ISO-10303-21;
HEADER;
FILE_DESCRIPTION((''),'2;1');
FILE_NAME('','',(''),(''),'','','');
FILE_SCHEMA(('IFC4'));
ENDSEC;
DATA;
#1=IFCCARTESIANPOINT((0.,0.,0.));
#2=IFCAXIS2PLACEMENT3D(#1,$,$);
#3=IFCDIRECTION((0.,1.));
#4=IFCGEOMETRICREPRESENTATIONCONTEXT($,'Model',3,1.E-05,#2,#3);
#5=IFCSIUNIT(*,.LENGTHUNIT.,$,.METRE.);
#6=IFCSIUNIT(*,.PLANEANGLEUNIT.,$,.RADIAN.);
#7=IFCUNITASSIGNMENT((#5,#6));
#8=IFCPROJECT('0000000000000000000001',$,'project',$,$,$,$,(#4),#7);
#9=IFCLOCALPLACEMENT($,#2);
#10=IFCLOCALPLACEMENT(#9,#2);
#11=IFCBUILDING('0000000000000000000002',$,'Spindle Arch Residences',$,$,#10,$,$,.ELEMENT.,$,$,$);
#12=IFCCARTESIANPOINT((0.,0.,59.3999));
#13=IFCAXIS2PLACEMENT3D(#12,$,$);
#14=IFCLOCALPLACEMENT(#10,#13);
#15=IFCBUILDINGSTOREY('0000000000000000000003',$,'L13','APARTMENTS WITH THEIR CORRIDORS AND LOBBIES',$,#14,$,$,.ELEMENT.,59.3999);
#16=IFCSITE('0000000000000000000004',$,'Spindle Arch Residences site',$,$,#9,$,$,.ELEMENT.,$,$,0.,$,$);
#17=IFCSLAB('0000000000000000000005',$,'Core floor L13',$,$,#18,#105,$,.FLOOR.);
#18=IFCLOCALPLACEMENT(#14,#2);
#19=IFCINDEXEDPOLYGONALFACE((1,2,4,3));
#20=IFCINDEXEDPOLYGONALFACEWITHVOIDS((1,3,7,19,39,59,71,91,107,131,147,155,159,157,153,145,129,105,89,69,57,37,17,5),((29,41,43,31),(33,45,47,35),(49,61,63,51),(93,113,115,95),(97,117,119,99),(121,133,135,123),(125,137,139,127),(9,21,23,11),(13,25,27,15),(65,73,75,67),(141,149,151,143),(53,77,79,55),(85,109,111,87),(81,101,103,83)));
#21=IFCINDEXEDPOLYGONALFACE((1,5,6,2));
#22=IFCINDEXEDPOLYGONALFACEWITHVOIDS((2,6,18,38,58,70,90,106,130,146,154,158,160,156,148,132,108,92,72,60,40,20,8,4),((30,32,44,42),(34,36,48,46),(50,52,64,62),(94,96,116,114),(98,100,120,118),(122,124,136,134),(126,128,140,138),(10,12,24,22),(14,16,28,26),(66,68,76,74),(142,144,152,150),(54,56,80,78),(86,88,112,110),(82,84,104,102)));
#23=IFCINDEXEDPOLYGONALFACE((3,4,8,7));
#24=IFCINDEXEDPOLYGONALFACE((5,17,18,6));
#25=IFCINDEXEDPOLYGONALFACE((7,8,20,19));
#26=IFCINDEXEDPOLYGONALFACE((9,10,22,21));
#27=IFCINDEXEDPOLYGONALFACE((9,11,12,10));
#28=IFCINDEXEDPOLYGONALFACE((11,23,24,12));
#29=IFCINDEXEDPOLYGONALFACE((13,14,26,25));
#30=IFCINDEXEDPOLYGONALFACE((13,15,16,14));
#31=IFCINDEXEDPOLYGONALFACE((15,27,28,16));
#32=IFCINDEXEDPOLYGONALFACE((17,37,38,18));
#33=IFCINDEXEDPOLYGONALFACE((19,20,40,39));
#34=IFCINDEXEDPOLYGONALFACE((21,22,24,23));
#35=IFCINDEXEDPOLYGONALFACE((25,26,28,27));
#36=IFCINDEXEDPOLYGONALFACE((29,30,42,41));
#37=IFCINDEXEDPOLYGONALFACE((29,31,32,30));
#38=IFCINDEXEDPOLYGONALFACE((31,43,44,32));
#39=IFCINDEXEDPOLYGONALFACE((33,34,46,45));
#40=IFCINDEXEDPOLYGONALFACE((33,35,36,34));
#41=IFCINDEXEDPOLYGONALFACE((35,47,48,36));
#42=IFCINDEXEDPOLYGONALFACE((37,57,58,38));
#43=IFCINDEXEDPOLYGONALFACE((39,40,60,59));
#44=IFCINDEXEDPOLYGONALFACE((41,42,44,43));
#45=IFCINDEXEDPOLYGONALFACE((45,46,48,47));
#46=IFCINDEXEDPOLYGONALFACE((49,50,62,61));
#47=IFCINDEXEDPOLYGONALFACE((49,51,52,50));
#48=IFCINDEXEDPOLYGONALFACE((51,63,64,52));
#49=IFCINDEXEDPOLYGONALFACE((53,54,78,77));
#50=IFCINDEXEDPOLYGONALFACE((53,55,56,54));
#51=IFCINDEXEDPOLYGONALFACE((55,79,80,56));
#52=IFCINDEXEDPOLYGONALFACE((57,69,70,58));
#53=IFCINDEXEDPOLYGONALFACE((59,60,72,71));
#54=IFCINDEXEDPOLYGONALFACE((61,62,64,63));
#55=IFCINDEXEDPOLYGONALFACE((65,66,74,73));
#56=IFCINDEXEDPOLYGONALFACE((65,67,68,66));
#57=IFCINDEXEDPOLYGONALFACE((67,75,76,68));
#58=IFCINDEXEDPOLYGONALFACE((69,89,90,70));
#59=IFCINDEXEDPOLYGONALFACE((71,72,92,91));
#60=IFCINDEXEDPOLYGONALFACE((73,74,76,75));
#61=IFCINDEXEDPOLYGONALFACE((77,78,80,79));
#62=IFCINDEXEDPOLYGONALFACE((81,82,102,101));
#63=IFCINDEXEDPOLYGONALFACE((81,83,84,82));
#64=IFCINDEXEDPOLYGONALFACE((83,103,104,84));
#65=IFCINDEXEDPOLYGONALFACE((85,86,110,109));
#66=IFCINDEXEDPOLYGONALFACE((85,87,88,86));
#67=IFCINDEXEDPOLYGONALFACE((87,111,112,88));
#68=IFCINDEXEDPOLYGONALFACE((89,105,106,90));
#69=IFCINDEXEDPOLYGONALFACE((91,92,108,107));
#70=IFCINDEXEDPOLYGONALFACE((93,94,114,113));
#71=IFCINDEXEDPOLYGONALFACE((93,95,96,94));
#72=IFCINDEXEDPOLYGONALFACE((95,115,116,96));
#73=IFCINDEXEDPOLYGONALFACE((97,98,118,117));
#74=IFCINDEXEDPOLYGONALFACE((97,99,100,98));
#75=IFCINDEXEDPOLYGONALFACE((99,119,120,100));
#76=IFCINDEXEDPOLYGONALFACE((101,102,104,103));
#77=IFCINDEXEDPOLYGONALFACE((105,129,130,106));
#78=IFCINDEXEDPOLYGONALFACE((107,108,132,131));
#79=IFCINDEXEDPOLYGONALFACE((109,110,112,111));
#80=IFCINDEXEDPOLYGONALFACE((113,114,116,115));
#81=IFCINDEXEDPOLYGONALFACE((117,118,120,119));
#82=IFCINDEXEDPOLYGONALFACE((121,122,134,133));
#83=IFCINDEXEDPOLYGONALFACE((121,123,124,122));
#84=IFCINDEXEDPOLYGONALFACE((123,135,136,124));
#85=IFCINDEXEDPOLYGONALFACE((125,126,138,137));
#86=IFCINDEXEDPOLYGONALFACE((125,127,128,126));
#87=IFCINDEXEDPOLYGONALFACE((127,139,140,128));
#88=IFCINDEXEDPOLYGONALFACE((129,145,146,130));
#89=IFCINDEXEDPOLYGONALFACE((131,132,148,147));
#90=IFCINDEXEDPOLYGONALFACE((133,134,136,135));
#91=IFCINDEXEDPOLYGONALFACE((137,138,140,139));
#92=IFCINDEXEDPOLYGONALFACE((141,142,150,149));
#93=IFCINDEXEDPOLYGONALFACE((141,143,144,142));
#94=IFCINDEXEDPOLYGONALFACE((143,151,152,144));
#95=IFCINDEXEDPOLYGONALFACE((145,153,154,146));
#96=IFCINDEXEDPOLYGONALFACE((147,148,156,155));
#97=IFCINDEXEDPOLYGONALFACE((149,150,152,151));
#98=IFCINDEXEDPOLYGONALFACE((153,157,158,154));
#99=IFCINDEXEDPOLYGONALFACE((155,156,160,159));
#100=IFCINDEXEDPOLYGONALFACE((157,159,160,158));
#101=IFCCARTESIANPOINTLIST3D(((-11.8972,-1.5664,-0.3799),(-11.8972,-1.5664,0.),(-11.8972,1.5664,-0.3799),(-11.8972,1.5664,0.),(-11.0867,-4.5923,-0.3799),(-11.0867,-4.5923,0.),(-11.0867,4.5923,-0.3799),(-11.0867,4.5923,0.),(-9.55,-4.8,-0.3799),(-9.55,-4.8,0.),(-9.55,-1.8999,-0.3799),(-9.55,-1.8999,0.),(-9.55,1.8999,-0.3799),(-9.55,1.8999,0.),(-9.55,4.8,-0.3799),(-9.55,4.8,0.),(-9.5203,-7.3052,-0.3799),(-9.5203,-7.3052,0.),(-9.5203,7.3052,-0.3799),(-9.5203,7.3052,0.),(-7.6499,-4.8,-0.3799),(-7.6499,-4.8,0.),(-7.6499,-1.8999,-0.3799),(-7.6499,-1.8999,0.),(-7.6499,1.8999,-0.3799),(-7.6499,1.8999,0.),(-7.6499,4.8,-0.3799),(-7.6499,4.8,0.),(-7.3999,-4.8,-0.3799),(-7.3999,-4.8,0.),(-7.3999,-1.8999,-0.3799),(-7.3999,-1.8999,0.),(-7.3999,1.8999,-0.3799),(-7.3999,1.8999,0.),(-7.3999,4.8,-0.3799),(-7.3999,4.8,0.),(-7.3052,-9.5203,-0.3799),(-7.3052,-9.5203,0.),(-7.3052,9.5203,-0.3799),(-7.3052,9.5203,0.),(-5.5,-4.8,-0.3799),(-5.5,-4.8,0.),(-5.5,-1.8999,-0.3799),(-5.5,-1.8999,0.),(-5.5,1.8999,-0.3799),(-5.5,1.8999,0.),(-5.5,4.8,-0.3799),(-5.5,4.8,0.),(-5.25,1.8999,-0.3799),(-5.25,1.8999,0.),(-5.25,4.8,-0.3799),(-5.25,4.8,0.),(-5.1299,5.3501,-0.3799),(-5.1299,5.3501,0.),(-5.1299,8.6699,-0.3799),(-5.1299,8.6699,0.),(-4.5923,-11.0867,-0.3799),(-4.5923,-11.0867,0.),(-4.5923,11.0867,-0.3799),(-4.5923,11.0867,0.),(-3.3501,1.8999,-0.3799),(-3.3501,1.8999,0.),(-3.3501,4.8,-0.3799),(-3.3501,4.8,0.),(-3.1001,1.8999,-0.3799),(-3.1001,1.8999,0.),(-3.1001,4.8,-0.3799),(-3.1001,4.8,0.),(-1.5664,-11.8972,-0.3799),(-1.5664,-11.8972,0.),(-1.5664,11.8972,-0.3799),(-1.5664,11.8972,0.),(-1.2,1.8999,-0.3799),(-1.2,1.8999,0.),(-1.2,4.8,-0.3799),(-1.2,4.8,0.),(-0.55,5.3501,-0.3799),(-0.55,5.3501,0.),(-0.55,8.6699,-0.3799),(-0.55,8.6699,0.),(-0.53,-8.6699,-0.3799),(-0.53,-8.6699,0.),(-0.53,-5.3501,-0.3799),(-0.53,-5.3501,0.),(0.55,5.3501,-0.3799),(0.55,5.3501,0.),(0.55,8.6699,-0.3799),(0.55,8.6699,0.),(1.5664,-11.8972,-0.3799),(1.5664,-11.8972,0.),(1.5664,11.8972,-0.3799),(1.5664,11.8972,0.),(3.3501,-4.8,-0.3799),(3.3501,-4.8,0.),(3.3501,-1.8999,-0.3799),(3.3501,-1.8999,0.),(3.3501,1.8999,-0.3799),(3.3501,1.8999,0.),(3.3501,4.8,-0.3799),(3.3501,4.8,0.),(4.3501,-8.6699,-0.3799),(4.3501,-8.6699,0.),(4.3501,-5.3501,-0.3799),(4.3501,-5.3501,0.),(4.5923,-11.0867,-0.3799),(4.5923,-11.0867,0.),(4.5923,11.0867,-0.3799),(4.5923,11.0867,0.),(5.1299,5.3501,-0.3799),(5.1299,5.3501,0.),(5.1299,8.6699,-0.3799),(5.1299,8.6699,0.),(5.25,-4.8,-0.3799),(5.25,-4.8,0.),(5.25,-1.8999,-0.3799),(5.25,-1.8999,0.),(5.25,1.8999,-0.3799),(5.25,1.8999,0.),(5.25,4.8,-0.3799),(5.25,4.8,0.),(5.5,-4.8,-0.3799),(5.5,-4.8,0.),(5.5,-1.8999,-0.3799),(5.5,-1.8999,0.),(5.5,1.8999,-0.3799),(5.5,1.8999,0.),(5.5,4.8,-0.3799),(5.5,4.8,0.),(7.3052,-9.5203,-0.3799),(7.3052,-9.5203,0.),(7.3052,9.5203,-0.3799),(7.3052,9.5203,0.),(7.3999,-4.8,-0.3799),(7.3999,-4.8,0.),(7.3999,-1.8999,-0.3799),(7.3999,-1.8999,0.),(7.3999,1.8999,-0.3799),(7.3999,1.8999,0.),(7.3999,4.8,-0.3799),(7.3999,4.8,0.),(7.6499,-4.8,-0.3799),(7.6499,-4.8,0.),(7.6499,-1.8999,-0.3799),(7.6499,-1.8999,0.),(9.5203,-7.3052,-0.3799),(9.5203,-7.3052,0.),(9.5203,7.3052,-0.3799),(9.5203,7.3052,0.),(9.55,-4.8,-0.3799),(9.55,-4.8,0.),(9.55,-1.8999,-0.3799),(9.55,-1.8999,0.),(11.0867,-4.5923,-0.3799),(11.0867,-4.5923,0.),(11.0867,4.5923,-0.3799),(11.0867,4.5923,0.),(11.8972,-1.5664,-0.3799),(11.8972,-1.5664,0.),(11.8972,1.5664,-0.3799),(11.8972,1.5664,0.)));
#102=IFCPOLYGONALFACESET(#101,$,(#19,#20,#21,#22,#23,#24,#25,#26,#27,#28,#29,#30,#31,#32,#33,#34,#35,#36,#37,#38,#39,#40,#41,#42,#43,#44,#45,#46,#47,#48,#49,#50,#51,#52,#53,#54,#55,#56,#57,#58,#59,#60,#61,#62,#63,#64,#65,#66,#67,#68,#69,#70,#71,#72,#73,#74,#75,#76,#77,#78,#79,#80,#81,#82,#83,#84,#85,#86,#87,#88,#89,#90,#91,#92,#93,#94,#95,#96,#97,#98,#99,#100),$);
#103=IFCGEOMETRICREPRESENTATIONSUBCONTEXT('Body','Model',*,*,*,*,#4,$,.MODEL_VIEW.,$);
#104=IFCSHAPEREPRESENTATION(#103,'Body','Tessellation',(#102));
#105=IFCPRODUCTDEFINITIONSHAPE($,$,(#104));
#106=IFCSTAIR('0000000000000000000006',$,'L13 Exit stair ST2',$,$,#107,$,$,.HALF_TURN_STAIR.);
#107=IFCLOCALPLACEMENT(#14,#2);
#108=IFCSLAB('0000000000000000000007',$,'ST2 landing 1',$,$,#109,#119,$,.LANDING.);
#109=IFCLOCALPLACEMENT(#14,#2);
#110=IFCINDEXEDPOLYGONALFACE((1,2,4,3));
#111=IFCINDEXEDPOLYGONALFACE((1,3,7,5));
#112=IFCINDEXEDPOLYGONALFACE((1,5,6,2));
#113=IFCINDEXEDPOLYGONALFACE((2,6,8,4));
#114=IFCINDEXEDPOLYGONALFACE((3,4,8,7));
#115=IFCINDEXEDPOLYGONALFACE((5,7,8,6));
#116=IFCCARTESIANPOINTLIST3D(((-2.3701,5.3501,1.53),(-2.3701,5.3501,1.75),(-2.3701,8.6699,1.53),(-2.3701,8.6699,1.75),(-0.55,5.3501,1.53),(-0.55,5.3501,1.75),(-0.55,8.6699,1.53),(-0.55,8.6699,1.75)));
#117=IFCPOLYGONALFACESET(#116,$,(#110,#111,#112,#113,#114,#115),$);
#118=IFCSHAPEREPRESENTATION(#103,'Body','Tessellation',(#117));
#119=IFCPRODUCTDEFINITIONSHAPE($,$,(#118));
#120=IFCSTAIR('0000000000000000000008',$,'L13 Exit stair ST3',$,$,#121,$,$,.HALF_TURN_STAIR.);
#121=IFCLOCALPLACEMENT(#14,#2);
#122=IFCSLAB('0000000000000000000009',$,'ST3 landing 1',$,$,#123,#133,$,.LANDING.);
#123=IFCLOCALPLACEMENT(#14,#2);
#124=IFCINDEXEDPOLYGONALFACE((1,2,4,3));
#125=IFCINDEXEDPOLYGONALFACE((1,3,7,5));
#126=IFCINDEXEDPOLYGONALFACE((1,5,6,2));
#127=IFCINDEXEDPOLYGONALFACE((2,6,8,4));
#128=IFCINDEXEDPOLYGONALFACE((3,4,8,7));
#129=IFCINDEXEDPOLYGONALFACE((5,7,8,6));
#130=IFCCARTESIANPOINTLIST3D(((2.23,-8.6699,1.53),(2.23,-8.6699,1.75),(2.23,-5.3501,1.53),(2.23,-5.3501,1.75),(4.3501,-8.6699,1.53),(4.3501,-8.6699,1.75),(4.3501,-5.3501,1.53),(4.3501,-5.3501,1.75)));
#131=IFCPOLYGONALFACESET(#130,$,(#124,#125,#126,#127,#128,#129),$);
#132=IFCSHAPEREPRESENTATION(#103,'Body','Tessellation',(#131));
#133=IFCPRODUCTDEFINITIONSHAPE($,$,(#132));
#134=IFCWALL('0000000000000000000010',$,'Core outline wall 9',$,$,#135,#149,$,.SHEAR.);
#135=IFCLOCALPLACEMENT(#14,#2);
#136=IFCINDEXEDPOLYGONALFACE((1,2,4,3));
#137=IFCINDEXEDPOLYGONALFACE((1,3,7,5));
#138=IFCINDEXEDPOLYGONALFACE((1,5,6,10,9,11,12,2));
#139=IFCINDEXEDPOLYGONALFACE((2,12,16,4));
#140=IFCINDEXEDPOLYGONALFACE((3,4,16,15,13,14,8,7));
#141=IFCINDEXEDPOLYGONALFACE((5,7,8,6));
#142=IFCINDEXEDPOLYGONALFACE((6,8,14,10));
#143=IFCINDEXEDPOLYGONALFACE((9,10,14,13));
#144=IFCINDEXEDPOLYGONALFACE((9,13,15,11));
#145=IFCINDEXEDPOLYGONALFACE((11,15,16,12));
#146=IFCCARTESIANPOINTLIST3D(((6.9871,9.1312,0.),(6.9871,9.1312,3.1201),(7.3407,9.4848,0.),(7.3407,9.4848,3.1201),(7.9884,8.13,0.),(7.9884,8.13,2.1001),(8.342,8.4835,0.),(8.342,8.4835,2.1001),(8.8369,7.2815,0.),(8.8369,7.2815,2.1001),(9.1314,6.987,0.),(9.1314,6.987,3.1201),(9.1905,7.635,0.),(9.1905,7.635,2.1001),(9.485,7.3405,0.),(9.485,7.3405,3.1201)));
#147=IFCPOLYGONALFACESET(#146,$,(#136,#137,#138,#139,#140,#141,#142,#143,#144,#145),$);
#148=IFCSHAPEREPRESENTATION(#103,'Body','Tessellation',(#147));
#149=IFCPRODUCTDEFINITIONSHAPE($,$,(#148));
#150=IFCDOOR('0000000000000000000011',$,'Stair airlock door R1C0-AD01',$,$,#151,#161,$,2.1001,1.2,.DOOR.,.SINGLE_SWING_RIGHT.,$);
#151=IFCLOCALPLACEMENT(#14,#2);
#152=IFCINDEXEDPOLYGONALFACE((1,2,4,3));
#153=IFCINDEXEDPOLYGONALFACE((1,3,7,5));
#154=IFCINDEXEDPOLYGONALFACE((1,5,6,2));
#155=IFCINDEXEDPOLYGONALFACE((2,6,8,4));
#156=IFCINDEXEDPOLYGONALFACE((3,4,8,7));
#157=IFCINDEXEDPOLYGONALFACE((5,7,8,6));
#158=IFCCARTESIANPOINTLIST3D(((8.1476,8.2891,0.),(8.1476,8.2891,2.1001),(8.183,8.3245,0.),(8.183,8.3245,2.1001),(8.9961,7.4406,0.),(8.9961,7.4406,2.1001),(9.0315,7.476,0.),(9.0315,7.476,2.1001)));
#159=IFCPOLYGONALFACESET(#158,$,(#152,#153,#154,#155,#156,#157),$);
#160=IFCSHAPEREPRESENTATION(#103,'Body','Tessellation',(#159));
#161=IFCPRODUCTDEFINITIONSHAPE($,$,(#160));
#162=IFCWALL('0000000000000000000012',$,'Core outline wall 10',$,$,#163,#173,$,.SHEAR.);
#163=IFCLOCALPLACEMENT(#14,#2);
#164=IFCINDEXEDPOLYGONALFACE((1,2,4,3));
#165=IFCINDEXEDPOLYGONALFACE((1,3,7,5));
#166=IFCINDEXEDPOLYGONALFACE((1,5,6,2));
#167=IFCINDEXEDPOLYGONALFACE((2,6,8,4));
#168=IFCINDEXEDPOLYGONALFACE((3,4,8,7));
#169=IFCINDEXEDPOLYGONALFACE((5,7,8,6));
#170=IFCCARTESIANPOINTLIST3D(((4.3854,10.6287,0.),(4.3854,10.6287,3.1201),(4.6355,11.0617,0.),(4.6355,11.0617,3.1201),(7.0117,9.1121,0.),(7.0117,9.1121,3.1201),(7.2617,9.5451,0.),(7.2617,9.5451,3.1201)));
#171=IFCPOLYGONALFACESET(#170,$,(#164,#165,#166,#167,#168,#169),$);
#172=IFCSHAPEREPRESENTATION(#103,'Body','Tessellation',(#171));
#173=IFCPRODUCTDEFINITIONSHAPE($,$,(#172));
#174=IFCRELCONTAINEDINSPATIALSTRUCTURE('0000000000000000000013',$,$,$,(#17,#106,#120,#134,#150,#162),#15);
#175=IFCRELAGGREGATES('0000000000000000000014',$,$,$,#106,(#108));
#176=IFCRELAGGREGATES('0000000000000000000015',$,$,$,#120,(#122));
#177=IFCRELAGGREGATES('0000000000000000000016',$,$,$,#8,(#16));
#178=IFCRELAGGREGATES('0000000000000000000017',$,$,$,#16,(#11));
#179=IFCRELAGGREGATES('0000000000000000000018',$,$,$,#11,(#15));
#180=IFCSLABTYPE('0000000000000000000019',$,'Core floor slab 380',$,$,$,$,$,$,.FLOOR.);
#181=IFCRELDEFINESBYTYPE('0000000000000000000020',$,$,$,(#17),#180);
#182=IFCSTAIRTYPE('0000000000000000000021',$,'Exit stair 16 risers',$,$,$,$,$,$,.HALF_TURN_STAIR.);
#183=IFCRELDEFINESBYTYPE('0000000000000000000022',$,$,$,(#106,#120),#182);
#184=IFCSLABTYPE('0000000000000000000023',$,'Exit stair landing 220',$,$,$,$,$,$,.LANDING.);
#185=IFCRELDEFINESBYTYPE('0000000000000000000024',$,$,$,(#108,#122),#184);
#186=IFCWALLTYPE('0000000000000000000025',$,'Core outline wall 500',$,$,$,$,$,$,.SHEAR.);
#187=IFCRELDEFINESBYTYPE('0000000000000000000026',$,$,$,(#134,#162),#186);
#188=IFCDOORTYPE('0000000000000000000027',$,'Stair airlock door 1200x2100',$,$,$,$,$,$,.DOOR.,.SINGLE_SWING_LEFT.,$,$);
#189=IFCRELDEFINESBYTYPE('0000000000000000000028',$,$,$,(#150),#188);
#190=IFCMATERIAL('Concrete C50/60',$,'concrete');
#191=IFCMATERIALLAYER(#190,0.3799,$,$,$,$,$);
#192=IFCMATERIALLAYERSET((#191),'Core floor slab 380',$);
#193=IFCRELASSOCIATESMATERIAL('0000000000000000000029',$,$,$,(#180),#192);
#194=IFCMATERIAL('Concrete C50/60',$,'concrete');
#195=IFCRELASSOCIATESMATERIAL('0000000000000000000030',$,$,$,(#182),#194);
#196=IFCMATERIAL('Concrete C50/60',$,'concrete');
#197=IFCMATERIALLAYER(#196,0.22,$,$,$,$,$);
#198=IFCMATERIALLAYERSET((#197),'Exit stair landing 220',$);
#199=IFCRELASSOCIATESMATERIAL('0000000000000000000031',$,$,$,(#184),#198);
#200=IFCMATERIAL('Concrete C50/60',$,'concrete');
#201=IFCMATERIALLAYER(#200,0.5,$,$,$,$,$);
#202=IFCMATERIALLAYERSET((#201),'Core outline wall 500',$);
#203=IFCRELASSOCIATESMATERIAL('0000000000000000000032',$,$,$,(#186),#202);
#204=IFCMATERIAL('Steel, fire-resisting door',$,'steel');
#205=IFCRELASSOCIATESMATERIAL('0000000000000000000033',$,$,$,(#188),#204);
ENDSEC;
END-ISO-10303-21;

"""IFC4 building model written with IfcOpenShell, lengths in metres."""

from ifc_helpers import new_model, si_unit, direction, frame, frame_2d, origin, place, context, subcontext, project, spatial, polyline, rectangle, outline, extrude, material, layer, layer_set, type_object, element, fill, aggregate, save


model = new_model("IFC4")

# Units and contexts
model_context = context("Model", 3, precision=1e-05, world=origin(), true_north=direction((0.0, 1.0)))
body_context = subcontext(model_context, "Body", "Model", "MODEL_VIEW")
ifc_project = project(units=[si_unit("LENGTHUNIT", "METRE"), si_unit("PLANEANGLEUNIT", "RADIAN")], contexts=[model_context])

# Site, building, storey
site_placement = place(None, origin())
site = spatial("IfcSite", under=ifc_project, at=site_placement, Name="Spindle Arch Residences site", CompositionType="ELEMENT", RefElevation=0.0)
building_placement = place(site_placement, origin())
building = spatial("IfcBuilding", under=site, at=building_placement, Name="Spindle Arch Residences", CompositionType="ELEMENT")
storey_placement = place(building_placement, frame((0.0, 0.0, 59.3999)))
storey = spatial("IfcBuildingStorey", under=building, at=storey_placement, Name="L13", Description="APARTMENTS WITH THEIR CORRIDORS AND LOBBIES", CompositionType="ELEMENT", Elevation=59.3999)

# Slab
ifc_material_1 = material(Name="Concrete C50/60", Category="concrete")
ifc_layer_1 = layer(ifc_material_1, 0.3799)
ifc_layer_set_1 = layer_set([ifc_layer_1], Name="Core floor slab 380")
slab_type_1 = type_object("IfcSlabType", Name="Core floor slab 380", PredefinedType="FLOOR", material=ifc_layer_set_1)
slab_1_placement = place(storey_placement, frame((0.0, 0.0, -0.3799)))
element("IfcSlab", 1, at=slab_1_placement, inside=storey, type_object=slab_type_1, Name="Core floor L13", PredefinedType="FLOOR", context=body_context, shape_type="SweptSolid", body=[
    extrude(outline(polyline([(1.5664, -11.8972), (4.5923, -11.0867), (7.3052, -9.5203), (9.5203, -7.3052), (11.0867, -4.5923), (11.8972, -1.5664), (11.8972, 1.5664), (11.0867, 4.5923), (9.5203, 7.3052), (7.3052, 9.5203), (4.5923, 11.0867), (1.5664, 11.8972), (-1.5664, 11.8972), (-4.5923, 11.0867), (-7.3052, 9.5203), (-9.5203, 7.3052), (-11.0867, 4.5923), (-11.8972, 1.5664), (-11.8972, -1.5664), (-11.0867, -4.5923), (-9.5203, -7.3052), (-7.3052, -9.5203), (-4.5923, -11.0867), (-1.5664, -11.8972), (1.5664, -11.8972)]), holes=[polyline([(-9.55, 1.8999), (-7.6499, 1.8999), (-7.6499, 4.8), (-9.55, 4.8), (-9.55, 1.8999)]), polyline([(-7.3999, 1.8999), (-5.5, 1.8999), (-5.5, 4.8), (-7.3999, 4.8), (-7.3999, 1.8999)]), polyline([(-5.25, 1.8999), (-3.3501, 1.8999), (-3.3501, 4.8), (-5.25, 4.8), (-5.25, 1.8999)]), polyline([(-3.1001, 1.8999), (-1.2, 1.8999), (-1.2, 4.8), (-3.1001, 4.8), (-3.1001, 1.8999)]), polyline([(3.3501, 1.8999), (5.25, 1.8999), (5.25, 4.8), (3.3501, 4.8), (3.3501, 1.8999)]), polyline([(5.5, 1.8999), (7.3999, 1.8999), (7.3999, 4.8), (5.5, 4.8), (5.5, 1.8999)]), polyline([(-9.55, -4.8), (-7.6499, -4.8), (-7.6499, -1.8999), (-9.55, -1.8999), (-9.55, -4.8)]), polyline([(-7.3999, -4.8), (-5.5, -4.8), (-5.5, -1.8999), (-7.3999, -1.8999), (-7.3999, -4.8)]), polyline([(3.3501, -4.8), (5.25, -4.8), (5.25, -1.8999), (3.3501, -1.8999), (3.3501, -4.8)]), polyline([(5.5, -4.8), (7.3999, -4.8), (7.3999, -1.8999), (5.5, -1.8999), (5.5, -4.8)]), polyline([(7.6499, -4.8), (9.55, -4.8), (9.55, -1.8999), (7.6499, -1.8999), (7.6499, -4.8)]), polyline([(5.1299, 8.6699), (0.55, 8.6699), (0.55, 5.3501), (5.1299, 5.3501), (5.1299, 8.6699)]), polyline([(-5.1299, 5.3501), (-0.55, 5.3501), (-0.55, 8.6699), (-5.1299, 8.6699), (-5.1299, 5.3501)]), polyline([(-0.53, -8.6699), (4.3501, -8.6699), (4.3501, -5.3501), (-0.53, -5.3501), (-0.53, -8.6699)])]), origin(), (0.0, 0.0, 1.0), 0.3799),
])

# Stairs, slabs
ifc_material_2 = material(Name="Concrete C50/60", Category="concrete")
stair_type = type_object("IfcStairType", Name="Exit stair 16 risers", PredefinedType="HALF_TURN_STAIR", material=ifc_material_2)
stair_1_placement = place(storey_placement, origin())
stair_1 = element("IfcStair", 2, at=stair_1_placement, inside=storey, type_object=stair_type, Name="L13 Exit stair ST2", PredefinedType="HALF_TURN_STAIR")
ifc_material_3 = material(Name="Concrete C50/60", Category="concrete")
ifc_layer_2 = layer(ifc_material_3, 0.22)
ifc_layer_set_2 = layer_set([ifc_layer_2], Name="Exit stair landing 220")
slab_type_2 = type_object("IfcSlabType", Name="Exit stair landing 220", PredefinedType="LANDING", material=ifc_layer_set_2)
slab_2_placement = place(storey_placement, frame((0.0, 0.0, 1.53)))
slab_2 = element("IfcSlab", 3, at=slab_2_placement, type_object=slab_type_2, Name="ST2 landing 1", PredefinedType="LANDING", context=body_context, shape_type="SweptSolid", body=[
    extrude(outline(polyline([(-2.3701, 5.3501), (-0.55, 5.3501), (-0.55, 8.6699), (-2.3701, 8.6699), (-2.3701, 5.3501)])), origin(), (0.0, 0.0, 1.0), 0.22),
])
aggregate(stair_1, [slab_2])
stair_2_placement = place(storey_placement, origin())
stair_2 = element("IfcStair", 4, at=stair_2_placement, inside=storey, type_object=stair_type, Name="L13 Exit stair ST3", PredefinedType="HALF_TURN_STAIR")
slab_3_placement = place(storey_placement, frame((0.0, 0.0, 1.53)))
slab_3 = element("IfcSlab", 5, at=slab_3_placement, type_object=slab_type_2, Name="ST3 landing 1", PredefinedType="LANDING", context=body_context, shape_type="SweptSolid", body=[
    extrude(outline(polyline([(2.23, -8.6699), (4.3501, -8.6699), (4.3501, -5.3501), (2.23, -5.3501), (2.23, -8.6699)])), origin(), (0.0, 0.0, 1.0), 0.22),
])
aggregate(stair_2, [slab_3])

# Wall, opening, door
ifc_material_4 = material(Name="Concrete C50/60", Category="concrete")
ifc_layer_3 = layer(ifc_material_4, 0.5)
ifc_layer_set_3 = layer_set([ifc_layer_3], Name="Core outline wall 500")
wall_type_1 = type_object("IfcWallType", Name="Core outline wall 500", PredefinedType="SHEAR", material=ifc_layer_set_3)
wall_1_placement = place(storey_placement, frame((9.3081, 7.1638, 0.0), z_axis=(0.0, 0.0, 1.0), x_axis=(-0.707107, 0.707107, 0.0)))
wall_1 = element("IfcWall", 6, at=wall_1_placement, inside=storey, type_object=wall_type_1, Name="Core outline wall 9", PredefinedType="SHEAR", context=body_context, shape_type="SweptSolid", body=[
    extrude(rectangle(XDim=3.0325, YDim=0.5, at=frame_2d((1.5161, 0.0))), origin(), (0.0, 0.0, 1.0), 3.1201),
])
opening_1_placement = place(wall_1_placement, frame((0.4163, 0.0, 0.0)))
opening_1 = element("IfcOpeningElement", 7, at=opening_1_placement, cuts=wall_1, PredefinedType="OPENING", context=body_context, shape_type="SweptSolid", body=[
    extrude(rectangle(XDim=1.2, YDim=2.1001, at=frame_2d((0.6001, 1.05))), frame((0.0, 0.26, 0.0), z_axis=(0.0, -1.0, 0.0), x_axis=(1.0, 0.0, 0.0)), (0.0, 0.0, 1.0), 0.52),
])
ifc_material_5 = material(Name="Steel, fire-resisting door", Category="steel")
door_type_1 = type_object("IfcDoorType", Name="Stair airlock door 1200x2100", OperationType="SINGLE_SWING_LEFT", PredefinedType="DOOR", material=ifc_material_5)
door_1_placement = place(opening_1_placement, origin())
door_1 = element("IfcDoor", 8, at=door_1_placement, inside=storey, type_object=door_type_1, Name="Stair airlock door R1C0-AD01", OperationType="SINGLE_SWING_RIGHT", OverallHeight=2.1001, OverallWidth=1.2, PredefinedType="DOOR", context=body_context, shape_type="SweptSolid", body=[
    extrude(rectangle(XDim=1.2, YDim=2.1001, at=frame_2d((0.6001, 1.05))), frame((0.0, 0.0249, 0.0), z_axis=(0.0, -1.0, 0.0), x_axis=(1.0, 0.0, 0.0)), (0.0, 0.0, 1.0), 0.05),
])
fill(opening_1, door_1)

# Wall
wall_2_placement = place(storey_placement, frame((7.1367, 9.3286, 0.0), z_axis=(0.0, 0.0, 1.0), x_axis=(-0.865975, 0.500087, 0.0)))
element("IfcWall", 9, at=wall_2_placement, inside=storey, type_object=wall_type_1, Name="Core outline wall 10", PredefinedType="SHEAR", context=body_context, shape_type="SweptSolid", body=[
    extrude(rectangle(XDim=3.0327, YDim=0.5, at=frame_2d((1.5164, 0.0))), origin(), (0.0, 0.0, 1.0), 3.1201),
])

save(model, "model.ifc")
